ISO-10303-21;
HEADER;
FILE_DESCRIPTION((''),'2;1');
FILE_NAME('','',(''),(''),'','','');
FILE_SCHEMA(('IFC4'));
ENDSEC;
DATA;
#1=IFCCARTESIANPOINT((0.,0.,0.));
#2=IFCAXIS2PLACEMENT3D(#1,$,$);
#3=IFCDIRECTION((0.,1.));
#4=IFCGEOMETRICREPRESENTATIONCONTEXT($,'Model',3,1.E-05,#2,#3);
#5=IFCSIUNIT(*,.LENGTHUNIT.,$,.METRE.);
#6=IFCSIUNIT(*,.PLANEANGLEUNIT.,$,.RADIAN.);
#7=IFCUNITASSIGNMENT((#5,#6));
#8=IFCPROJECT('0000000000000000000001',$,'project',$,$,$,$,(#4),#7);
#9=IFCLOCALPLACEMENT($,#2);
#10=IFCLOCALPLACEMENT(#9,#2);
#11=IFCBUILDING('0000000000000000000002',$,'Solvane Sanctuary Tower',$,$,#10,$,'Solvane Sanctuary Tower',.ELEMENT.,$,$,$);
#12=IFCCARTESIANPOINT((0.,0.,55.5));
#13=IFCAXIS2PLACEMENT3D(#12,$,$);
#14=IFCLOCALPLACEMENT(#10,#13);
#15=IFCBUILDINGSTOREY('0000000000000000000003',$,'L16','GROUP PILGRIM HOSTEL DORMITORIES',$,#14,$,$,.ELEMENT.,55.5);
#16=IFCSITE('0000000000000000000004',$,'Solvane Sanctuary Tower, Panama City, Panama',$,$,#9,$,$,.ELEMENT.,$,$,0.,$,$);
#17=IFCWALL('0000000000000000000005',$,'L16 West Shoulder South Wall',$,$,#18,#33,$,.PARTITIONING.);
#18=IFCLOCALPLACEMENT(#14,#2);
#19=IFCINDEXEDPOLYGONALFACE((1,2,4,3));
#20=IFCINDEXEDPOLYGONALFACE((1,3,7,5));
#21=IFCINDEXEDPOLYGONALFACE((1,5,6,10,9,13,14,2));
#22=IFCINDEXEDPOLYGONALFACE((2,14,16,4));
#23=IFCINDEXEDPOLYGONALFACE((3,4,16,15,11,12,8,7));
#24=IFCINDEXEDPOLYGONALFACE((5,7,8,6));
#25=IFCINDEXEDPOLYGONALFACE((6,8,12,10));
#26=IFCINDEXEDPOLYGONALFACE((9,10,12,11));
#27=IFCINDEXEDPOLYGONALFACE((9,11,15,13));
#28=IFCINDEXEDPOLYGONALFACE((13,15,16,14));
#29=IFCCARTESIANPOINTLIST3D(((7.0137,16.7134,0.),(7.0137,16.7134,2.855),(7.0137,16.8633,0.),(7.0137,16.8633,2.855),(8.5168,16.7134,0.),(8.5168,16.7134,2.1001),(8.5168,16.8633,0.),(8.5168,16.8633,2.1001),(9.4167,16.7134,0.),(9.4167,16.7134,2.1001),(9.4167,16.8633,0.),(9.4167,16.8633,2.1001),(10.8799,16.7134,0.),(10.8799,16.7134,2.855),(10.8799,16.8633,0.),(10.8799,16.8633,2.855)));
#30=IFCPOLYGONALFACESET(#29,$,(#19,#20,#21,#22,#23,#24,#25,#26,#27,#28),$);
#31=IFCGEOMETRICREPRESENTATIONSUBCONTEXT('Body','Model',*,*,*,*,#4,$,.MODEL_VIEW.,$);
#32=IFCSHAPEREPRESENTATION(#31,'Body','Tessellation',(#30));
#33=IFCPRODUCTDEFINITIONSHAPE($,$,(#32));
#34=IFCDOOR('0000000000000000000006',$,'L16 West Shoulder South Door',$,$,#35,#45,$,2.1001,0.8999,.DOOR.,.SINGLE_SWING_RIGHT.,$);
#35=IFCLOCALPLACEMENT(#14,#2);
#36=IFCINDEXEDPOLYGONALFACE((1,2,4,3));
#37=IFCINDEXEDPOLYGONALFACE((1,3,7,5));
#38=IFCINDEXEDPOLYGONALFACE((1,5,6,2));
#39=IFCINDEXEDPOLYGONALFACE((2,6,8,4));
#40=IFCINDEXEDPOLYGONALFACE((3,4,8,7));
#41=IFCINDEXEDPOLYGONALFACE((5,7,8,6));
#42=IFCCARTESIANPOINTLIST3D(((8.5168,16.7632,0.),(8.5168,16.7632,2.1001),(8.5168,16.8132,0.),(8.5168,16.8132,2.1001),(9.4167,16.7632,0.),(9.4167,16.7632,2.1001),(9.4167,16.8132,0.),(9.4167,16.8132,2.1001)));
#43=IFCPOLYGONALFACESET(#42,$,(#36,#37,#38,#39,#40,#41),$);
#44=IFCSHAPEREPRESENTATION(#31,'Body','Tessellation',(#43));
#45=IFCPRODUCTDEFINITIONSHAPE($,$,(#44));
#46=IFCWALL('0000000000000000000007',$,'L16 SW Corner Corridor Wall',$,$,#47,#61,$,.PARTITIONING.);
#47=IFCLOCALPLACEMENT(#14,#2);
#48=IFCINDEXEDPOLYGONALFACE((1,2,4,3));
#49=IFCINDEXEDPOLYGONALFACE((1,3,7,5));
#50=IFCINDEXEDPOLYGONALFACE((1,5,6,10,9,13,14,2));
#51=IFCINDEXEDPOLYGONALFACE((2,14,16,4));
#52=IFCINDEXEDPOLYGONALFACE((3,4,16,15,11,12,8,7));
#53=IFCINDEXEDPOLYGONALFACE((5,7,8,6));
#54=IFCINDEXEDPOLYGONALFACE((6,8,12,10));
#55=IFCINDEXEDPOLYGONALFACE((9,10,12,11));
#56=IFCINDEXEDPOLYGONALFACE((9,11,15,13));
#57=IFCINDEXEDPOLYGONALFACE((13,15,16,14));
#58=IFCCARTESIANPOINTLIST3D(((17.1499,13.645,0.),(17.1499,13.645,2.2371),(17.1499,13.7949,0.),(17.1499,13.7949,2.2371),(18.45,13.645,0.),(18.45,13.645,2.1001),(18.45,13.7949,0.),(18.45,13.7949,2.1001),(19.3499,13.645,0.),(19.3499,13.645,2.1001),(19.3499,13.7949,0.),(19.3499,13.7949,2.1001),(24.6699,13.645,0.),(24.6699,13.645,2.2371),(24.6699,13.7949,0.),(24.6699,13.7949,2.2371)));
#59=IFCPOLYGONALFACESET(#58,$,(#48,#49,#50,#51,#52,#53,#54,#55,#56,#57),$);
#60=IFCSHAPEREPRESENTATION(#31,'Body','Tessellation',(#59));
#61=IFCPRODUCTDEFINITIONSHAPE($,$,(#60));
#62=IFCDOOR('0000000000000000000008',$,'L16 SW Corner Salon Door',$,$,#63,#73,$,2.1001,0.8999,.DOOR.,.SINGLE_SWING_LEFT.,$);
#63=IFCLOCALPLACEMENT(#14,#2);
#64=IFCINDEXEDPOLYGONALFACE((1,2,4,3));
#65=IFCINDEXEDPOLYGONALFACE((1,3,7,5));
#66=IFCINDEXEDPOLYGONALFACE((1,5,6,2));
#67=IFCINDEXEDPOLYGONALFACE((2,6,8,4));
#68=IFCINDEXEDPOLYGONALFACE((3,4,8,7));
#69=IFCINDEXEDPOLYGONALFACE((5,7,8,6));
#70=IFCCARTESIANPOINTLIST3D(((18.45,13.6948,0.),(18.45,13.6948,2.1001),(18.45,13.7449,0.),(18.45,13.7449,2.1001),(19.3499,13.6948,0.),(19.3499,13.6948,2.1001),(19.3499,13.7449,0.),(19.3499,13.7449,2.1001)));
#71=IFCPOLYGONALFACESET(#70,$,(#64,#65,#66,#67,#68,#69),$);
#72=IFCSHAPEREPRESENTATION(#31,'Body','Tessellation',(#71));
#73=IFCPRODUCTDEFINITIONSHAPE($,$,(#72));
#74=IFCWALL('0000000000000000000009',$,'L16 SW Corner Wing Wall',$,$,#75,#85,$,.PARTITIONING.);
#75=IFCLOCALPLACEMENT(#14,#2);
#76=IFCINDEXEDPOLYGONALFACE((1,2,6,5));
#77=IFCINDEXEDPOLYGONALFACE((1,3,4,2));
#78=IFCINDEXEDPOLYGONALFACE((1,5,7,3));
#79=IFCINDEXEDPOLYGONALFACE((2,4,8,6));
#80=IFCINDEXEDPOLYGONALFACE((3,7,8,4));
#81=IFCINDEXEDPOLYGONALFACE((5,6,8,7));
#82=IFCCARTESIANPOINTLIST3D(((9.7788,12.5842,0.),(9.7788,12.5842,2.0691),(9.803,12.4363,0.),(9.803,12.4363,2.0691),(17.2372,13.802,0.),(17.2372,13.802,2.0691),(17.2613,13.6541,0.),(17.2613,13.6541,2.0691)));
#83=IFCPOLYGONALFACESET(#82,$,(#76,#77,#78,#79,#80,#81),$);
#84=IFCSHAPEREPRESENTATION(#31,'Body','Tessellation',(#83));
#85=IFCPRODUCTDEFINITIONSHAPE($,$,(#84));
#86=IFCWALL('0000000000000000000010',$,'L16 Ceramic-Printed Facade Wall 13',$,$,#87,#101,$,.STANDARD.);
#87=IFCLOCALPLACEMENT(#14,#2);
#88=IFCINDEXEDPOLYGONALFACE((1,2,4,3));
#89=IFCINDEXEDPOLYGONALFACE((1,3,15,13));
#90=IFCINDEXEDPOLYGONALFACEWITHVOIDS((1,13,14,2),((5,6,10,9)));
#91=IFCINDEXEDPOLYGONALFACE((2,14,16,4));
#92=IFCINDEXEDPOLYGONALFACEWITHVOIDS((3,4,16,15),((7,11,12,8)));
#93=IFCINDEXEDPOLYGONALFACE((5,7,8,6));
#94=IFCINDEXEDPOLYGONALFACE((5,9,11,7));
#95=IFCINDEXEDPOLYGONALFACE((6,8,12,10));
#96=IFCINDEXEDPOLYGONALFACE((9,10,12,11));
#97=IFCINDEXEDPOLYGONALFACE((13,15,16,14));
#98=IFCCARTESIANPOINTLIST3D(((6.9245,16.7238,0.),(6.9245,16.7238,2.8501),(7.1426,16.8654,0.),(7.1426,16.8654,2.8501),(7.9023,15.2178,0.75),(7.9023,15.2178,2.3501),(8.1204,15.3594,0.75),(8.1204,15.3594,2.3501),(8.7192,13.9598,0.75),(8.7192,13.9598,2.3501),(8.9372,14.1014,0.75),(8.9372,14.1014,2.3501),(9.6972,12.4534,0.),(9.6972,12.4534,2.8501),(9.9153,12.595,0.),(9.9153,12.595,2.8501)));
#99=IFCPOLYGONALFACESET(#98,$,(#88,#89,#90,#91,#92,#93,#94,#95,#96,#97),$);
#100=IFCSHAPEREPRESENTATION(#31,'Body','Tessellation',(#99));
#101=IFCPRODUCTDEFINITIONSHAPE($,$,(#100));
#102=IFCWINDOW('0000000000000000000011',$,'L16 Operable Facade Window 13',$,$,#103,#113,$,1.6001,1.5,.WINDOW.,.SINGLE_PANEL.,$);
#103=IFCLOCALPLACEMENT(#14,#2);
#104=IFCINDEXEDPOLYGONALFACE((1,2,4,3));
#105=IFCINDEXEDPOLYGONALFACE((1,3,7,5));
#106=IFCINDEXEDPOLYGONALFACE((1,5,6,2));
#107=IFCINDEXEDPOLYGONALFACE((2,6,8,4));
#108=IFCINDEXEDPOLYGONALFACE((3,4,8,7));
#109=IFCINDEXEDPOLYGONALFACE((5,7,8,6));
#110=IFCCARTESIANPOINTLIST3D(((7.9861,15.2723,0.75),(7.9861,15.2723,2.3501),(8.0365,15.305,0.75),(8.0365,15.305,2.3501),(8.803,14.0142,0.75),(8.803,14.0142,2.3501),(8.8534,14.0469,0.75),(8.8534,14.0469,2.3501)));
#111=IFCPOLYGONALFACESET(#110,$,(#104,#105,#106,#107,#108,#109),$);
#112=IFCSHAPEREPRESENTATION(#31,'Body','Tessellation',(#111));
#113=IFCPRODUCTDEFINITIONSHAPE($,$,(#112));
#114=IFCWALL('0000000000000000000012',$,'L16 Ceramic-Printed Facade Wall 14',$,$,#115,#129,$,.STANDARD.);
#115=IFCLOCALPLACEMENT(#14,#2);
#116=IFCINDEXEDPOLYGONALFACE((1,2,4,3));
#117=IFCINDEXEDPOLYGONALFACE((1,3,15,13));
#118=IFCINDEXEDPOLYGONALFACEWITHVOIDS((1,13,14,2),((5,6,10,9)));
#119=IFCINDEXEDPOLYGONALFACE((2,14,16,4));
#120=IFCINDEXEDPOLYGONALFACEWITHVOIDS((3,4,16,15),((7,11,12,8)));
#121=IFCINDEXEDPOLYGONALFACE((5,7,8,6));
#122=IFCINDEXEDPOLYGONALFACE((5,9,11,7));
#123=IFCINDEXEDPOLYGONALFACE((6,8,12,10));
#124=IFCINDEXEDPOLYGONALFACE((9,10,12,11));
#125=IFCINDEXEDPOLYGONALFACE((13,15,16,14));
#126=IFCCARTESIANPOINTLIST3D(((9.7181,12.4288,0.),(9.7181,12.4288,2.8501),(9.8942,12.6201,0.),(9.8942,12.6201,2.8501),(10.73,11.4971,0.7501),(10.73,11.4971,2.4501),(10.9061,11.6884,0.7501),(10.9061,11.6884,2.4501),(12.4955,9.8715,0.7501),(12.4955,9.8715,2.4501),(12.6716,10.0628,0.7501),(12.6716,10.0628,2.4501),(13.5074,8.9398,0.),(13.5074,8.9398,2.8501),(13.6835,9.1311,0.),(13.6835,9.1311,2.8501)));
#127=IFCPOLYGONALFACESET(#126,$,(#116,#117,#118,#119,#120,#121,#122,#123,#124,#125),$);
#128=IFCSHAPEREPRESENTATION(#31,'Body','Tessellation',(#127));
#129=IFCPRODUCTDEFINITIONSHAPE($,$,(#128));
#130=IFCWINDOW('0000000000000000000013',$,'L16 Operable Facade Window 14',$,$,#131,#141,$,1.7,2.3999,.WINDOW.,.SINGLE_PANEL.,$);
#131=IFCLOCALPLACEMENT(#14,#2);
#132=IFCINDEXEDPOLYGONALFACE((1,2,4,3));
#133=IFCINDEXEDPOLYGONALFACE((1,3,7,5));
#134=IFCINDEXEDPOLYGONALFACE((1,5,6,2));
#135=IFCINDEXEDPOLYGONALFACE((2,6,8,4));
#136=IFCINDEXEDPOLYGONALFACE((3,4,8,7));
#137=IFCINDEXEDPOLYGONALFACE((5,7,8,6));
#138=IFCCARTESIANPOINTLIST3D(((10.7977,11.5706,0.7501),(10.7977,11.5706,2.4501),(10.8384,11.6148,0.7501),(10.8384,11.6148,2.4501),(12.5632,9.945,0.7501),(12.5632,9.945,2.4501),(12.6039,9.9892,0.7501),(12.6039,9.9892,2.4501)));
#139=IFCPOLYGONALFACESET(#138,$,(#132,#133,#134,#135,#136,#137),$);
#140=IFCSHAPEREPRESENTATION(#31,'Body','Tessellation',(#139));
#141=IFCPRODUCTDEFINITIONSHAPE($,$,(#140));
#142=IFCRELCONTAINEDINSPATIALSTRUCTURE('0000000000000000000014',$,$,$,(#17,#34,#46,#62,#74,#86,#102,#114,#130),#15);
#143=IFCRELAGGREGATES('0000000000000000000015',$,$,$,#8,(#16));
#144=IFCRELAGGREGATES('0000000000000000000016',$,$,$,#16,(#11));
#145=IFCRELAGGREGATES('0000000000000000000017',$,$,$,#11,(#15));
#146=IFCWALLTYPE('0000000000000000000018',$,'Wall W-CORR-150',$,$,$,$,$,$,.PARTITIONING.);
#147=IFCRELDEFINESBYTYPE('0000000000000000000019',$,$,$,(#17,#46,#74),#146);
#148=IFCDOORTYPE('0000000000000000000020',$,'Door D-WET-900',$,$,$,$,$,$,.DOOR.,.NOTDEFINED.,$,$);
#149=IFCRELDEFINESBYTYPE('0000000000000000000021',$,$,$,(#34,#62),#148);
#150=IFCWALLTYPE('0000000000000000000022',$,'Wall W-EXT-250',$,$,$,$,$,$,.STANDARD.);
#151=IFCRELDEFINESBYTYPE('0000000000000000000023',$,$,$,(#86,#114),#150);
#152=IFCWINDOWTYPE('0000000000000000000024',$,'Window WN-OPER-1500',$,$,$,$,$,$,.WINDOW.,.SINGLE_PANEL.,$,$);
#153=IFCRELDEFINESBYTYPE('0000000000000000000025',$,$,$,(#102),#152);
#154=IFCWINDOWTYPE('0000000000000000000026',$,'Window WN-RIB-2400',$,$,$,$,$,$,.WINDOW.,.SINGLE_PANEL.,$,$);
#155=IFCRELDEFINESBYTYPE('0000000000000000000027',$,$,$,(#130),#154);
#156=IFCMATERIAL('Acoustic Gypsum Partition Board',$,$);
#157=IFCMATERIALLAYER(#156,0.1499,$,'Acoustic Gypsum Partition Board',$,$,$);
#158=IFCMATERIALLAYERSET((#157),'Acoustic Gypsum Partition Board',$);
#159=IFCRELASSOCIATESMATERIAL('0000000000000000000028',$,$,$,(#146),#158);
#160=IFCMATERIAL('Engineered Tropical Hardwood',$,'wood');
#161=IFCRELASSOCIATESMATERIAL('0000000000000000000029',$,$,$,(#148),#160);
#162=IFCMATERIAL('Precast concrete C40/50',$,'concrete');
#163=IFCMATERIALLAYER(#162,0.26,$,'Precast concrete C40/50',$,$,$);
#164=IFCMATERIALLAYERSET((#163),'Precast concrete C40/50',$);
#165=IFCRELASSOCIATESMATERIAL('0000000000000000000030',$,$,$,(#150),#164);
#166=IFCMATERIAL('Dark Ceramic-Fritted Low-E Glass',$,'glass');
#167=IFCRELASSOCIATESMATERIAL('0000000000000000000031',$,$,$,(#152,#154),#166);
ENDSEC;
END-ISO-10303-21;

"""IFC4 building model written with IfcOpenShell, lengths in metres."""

from ifc_helpers import new_model, si_unit, direction, frame, frame_2d, origin, place, context, subcontext, project, spatial, rectangle, extrude, material, layer, layer_set, type_object, element, fill, save


model = new_model("IFC4")

# Units and contexts
model_context = context("Model", 3, precision=1e-05, world=origin(), true_north=direction((0.0, 1.0)))
body_context = subcontext(model_context, "Body", "Model", "MODEL_VIEW")
ifc_project = project(units=[si_unit("LENGTHUNIT", "METRE"), si_unit("PLANEANGLEUNIT", "RADIAN")], contexts=[model_context])

# Site, building, storey
site_placement = place(None, origin())
site = spatial("IfcSite", under=ifc_project, at=site_placement, Name="Solvane Sanctuary Tower, Panama City, Panama", CompositionType="ELEMENT", RefElevation=0.0)
building_placement = place(site_placement, origin())
building = spatial("IfcBuilding", under=site, at=building_placement, Name="Solvane Sanctuary Tower", LongName="Solvane Sanctuary Tower", CompositionType="ELEMENT")
storey_placement = place(building_placement, frame((0.0, 0.0, 55.5)))
storey = spatial("IfcBuildingStorey", under=building, at=storey_placement, Name="L16", Description="GROUP PILGRIM HOSTEL DORMITORIES", CompositionType="ELEMENT", Elevation=55.5)

# Shared definitions
ifc_material_1 = material(Name="Acoustic Gypsum Partition Board")
ifc_layer_1 = layer(ifc_material_1, 0.1499, Name="Acoustic Gypsum Partition Board")
ifc_layer_set_1 = layer_set([ifc_layer_1], Name="Acoustic Gypsum Partition Board")
wall_type_1 = type_object("IfcWallType", Name="Wall W-CORR-150", PredefinedType="PARTITIONING", material=ifc_layer_set_1)

# Walls, openings, doors
wall_1_placement = place(storey_placement, frame((7.0137, 16.7883, 0.0), z_axis=(0.0, 0.0, 1.0), x_axis=(1.0, 0.0, 0.0)))
wall_1 = element("IfcWall", 1, at=wall_1_placement, inside=storey, type_object=wall_type_1, Name="L16 West Shoulder South Wall", PredefinedType="PARTITIONING", context=body_context, shape_type="SweptSolid", body=[
    extrude(rectangle(XDim=3.8662, YDim=0.1499, at=frame_2d((1.9331, 0.0))), origin(), (0.0, 0.0, 1.0), 2.855),
])
opening_1_placement = place(wall_1_placement, frame((1.5032, 0.0, 0.0)))
opening_1 = element("IfcOpeningElement", 2, at=opening_1_placement, cuts=wall_1, PredefinedType="OPENING", context=body_context, shape_type="SweptSolid", body=[
    extrude(rectangle(XDim=0.8999, YDim=2.1001, at=frame_2d((0.45, 1.05))), frame((0.0, 0.085, 0.0), z_axis=(0.0, -1.0, 0.0), x_axis=(1.0, 0.0, 0.0)), (0.0, 0.0, 1.0), 0.1699),
])
ifc_material_2 = material(Name="Engineered Tropical Hardwood", Category="wood")
door_type_1 = type_object("IfcDoorType", Name="Door D-WET-900", OperationType="NOTDEFINED", PredefinedType="DOOR", material=ifc_material_2)
door_1_placement = place(opening_1_placement, origin())
door_1 = element("IfcDoor", 3, at=door_1_placement, inside=storey, type_object=door_type_1, Name="L16 West Shoulder South Door", OperationType="SINGLE_SWING_RIGHT", OverallHeight=2.1001, OverallWidth=0.8999, PredefinedType="DOOR", context=body_context, shape_type="SweptSolid", body=[
    extrude(rectangle(XDim=0.8999, YDim=2.1001, at=frame_2d((0.45, 1.05))), frame((0.0, 0.0249, 0.0), z_axis=(0.0, -1.0, 0.0), x_axis=(1.0, 0.0, 0.0)), (0.0, 0.0, 1.0), 0.05),
])
fill(opening_1, door_1)
wall_2_placement = place(storey_placement, frame((17.1499, 13.72, 0.0), z_axis=(0.0, 0.0, 1.0), x_axis=(1.0, 0.0, 0.0)))
wall_2 = element("IfcWall", 4, at=wall_2_placement, inside=storey, type_object=wall_type_1, Name="L16 SW Corner Corridor Wall", PredefinedType="PARTITIONING", context=body_context, shape_type="SweptSolid", body=[
    extrude(rectangle(XDim=7.52, YDim=0.1499, at=frame_2d((3.76, 0.0))), origin(), (0.0, 0.0, 1.0), 2.2371),
])
opening_2_placement = place(wall_2_placement, frame((1.3, 0.0, 0.0)))
opening_2 = element("IfcOpeningElement", 5, at=opening_2_placement, cuts=wall_2, PredefinedType="OPENING", context=body_context, shape_type="SweptSolid", body=[
    extrude(rectangle(XDim=0.8999, YDim=2.1001, at=frame_2d((0.45, 1.05))), frame((0.0, 0.085, 0.0), z_axis=(0.0, -1.0, 0.0), x_axis=(1.0, 0.0, 0.0)), (0.0, 0.0, 1.0), 0.1699),
])
door_2_placement = place(opening_2_placement, origin())
door_2 = element("IfcDoor", 6, at=door_2_placement, inside=storey, type_object=door_type_1, Name="L16 SW Corner Salon Door", OperationType="SINGLE_SWING_LEFT", OverallHeight=2.1001, OverallWidth=0.8999, PredefinedType="DOOR", context=body_context, shape_type="SweptSolid", body=[
    extrude(rectangle(XDim=0.8999, YDim=2.1001, at=frame_2d((0.45, 1.05))), frame((0.0, 0.0249, 0.0), z_axis=(0.0, -1.0, 0.0), x_axis=(1.0, 0.0, 0.0)), (0.0, 0.0, 1.0), 0.05),
])
fill(opening_2, door_2)

# Wall
wall_3_placement = place(storey_placement, frame((17.2493, 13.728, 0.0), z_axis=(0.0, 0.0, 1.0), x_axis=(-0.986931, -0.161145, 0.0)))
element("IfcWall", 7, at=wall_3_placement, inside=storey, type_object=wall_type_1, Name="L16 SW Corner Wing Wall", PredefinedType="PARTITIONING", context=body_context, shape_type="SweptSolid", body=[
    extrude(rectangle(XDim=7.5571, YDim=0.1499, at=frame_2d((3.7786, 0.0))), origin(), (0.0, 0.0, 1.0), 2.0691),
])

# Walls, openings, windows
ifc_material_3 = material(Name="Precast concrete C40/50", Category="concrete")
ifc_layer_2 = layer(ifc_material_3, 0.26, Name="Precast concrete C40/50")
ifc_layer_set_2 = layer_set([ifc_layer_2], Name="Precast concrete C40/50")
wall_type_2 = type_object("IfcWallType", Name="Wall W-EXT-250", PredefinedType="STANDARD", material=ifc_layer_set_2)
wall_4_placement = place(storey_placement, frame((7.0334, 16.7947, 0.0), z_axis=(0.0, 0.0, 1.0), x_axis=(0.544579, -0.83871, 0.0)))
wall_4 = element("IfcWall", 8, at=wall_4_placement, inside=storey, type_object=wall_type_2, Name="L16 Ceramic-Printed Facade Wall 13", PredefinedType="STANDARD", context=body_context, shape_type="SweptSolid", body=[
    extrude(rectangle(XDim=5.0916, YDim=0.26, at=frame_2d((2.5459, 0.0))), origin(), (0.0, 0.0, 1.0), 2.8501),
])
opening_3_placement = place(wall_4_placement, frame((1.7957, 0.0, 0.75)))
opening_3 = element("IfcOpeningElement", 9, at=opening_3_placement, cuts=wall_4, PredefinedType="OPENING", context=body_context, shape_type="SweptSolid", body=[
    extrude(rectangle(XDim=1.5, YDim=1.6001, at=frame_2d((0.75, 0.8))), frame((0.0, 0.1399, 0.0), z_axis=(0.0, -1.0, 0.0), x_axis=(1.0, 0.0, 0.0)), (0.0, 0.0, 1.0), 0.28),
])
ifc_material_4 = material(Name="Dark Ceramic-Fritted Low-E Glass", Category="glass")
window_type_1 = type_object("IfcWindowType", Name="Window WN-OPER-1500", PartitioningType="SINGLE_PANEL", PredefinedType="WINDOW", material=ifc_material_4)
window_1_placement = place(opening_3_placement, origin())
window_1 = element("IfcWindow", 10, at=window_1_placement, inside=storey, type_object=window_type_1, Name="L16 Operable Facade Window 13", OverallHeight=1.6001, OverallWidth=1.5, PartitioningType="SINGLE_PANEL", PredefinedType="WINDOW", context=body_context, shape_type="SweptSolid", body=[
    extrude(rectangle(XDim=1.5, YDim=1.6001, at=frame_2d((0.75, 0.8))), frame((0.0, 0.03, 0.0), z_axis=(0.0, -1.0, 0.0), x_axis=(1.0, 0.0, 0.0)), (0.0, 0.0, 1.0), 0.0601),
])
fill(opening_3, window_1)
wall_5_placement = place(storey_placement, frame((9.8062, 12.5244, 0.0), z_axis=(0.0, 0.0, 1.0), x_axis=(0.735655, -0.677356, 0.0)))
wall_5 = element("IfcWall", 11, at=wall_5_placement, inside=storey, type_object=wall_type_2, Name="L16 Ceramic-Printed Facade Wall 14", PredefinedType="STANDARD", context=body_context, shape_type="SweptSolid", body=[
    extrude(rectangle(XDim=5.1509, YDim=0.26, at=frame_2d((2.5754, 0.0))), origin(), (0.0, 0.0, 1.0), 2.8501),
])
opening_4_placement = place(wall_5_placement, frame((1.3755, 0.0, 0.75)))
opening_4 = element("IfcOpeningElement", 12, at=opening_4_placement, cuts=wall_5, PredefinedType="OPENING", context=body_context, shape_type="SweptSolid", body=[
    extrude(rectangle(XDim=2.3999, YDim=1.7, at=frame_2d((1.2, 0.8501))), frame((0.0, 0.1399, 0.0), z_axis=(0.0, -1.0, 0.0), x_axis=(1.0, 0.0, 0.0)), (0.0, 0.0, 1.0), 0.28),
])
window_type_2 = type_object("IfcWindowType", Name="Window WN-RIB-2400", PartitioningType="SINGLE_PANEL", PredefinedType="WINDOW", material=ifc_material_4)
window_2_placement = place(opening_4_placement, origin())
window_2 = element("IfcWindow", 13, at=window_2_placement, inside=storey, type_object=window_type_2, Name="L16 Operable Facade Window 14", OverallHeight=1.7, OverallWidth=2.3999, PartitioningType="SINGLE_PANEL", PredefinedType="WINDOW", context=body_context, shape_type="SweptSolid", body=[
    extrude(rectangle(XDim=2.3999, YDim=1.7, at=frame_2d((1.2, 0.8501))), frame((0.0, 0.03, 0.0), z_axis=(0.0, -1.0, 0.0), x_axis=(1.0, 0.0, 0.0)), (0.0, 0.0, 1.0), 0.0601),
])
fill(opening_4, window_2)

save(model, "model.ifc")
